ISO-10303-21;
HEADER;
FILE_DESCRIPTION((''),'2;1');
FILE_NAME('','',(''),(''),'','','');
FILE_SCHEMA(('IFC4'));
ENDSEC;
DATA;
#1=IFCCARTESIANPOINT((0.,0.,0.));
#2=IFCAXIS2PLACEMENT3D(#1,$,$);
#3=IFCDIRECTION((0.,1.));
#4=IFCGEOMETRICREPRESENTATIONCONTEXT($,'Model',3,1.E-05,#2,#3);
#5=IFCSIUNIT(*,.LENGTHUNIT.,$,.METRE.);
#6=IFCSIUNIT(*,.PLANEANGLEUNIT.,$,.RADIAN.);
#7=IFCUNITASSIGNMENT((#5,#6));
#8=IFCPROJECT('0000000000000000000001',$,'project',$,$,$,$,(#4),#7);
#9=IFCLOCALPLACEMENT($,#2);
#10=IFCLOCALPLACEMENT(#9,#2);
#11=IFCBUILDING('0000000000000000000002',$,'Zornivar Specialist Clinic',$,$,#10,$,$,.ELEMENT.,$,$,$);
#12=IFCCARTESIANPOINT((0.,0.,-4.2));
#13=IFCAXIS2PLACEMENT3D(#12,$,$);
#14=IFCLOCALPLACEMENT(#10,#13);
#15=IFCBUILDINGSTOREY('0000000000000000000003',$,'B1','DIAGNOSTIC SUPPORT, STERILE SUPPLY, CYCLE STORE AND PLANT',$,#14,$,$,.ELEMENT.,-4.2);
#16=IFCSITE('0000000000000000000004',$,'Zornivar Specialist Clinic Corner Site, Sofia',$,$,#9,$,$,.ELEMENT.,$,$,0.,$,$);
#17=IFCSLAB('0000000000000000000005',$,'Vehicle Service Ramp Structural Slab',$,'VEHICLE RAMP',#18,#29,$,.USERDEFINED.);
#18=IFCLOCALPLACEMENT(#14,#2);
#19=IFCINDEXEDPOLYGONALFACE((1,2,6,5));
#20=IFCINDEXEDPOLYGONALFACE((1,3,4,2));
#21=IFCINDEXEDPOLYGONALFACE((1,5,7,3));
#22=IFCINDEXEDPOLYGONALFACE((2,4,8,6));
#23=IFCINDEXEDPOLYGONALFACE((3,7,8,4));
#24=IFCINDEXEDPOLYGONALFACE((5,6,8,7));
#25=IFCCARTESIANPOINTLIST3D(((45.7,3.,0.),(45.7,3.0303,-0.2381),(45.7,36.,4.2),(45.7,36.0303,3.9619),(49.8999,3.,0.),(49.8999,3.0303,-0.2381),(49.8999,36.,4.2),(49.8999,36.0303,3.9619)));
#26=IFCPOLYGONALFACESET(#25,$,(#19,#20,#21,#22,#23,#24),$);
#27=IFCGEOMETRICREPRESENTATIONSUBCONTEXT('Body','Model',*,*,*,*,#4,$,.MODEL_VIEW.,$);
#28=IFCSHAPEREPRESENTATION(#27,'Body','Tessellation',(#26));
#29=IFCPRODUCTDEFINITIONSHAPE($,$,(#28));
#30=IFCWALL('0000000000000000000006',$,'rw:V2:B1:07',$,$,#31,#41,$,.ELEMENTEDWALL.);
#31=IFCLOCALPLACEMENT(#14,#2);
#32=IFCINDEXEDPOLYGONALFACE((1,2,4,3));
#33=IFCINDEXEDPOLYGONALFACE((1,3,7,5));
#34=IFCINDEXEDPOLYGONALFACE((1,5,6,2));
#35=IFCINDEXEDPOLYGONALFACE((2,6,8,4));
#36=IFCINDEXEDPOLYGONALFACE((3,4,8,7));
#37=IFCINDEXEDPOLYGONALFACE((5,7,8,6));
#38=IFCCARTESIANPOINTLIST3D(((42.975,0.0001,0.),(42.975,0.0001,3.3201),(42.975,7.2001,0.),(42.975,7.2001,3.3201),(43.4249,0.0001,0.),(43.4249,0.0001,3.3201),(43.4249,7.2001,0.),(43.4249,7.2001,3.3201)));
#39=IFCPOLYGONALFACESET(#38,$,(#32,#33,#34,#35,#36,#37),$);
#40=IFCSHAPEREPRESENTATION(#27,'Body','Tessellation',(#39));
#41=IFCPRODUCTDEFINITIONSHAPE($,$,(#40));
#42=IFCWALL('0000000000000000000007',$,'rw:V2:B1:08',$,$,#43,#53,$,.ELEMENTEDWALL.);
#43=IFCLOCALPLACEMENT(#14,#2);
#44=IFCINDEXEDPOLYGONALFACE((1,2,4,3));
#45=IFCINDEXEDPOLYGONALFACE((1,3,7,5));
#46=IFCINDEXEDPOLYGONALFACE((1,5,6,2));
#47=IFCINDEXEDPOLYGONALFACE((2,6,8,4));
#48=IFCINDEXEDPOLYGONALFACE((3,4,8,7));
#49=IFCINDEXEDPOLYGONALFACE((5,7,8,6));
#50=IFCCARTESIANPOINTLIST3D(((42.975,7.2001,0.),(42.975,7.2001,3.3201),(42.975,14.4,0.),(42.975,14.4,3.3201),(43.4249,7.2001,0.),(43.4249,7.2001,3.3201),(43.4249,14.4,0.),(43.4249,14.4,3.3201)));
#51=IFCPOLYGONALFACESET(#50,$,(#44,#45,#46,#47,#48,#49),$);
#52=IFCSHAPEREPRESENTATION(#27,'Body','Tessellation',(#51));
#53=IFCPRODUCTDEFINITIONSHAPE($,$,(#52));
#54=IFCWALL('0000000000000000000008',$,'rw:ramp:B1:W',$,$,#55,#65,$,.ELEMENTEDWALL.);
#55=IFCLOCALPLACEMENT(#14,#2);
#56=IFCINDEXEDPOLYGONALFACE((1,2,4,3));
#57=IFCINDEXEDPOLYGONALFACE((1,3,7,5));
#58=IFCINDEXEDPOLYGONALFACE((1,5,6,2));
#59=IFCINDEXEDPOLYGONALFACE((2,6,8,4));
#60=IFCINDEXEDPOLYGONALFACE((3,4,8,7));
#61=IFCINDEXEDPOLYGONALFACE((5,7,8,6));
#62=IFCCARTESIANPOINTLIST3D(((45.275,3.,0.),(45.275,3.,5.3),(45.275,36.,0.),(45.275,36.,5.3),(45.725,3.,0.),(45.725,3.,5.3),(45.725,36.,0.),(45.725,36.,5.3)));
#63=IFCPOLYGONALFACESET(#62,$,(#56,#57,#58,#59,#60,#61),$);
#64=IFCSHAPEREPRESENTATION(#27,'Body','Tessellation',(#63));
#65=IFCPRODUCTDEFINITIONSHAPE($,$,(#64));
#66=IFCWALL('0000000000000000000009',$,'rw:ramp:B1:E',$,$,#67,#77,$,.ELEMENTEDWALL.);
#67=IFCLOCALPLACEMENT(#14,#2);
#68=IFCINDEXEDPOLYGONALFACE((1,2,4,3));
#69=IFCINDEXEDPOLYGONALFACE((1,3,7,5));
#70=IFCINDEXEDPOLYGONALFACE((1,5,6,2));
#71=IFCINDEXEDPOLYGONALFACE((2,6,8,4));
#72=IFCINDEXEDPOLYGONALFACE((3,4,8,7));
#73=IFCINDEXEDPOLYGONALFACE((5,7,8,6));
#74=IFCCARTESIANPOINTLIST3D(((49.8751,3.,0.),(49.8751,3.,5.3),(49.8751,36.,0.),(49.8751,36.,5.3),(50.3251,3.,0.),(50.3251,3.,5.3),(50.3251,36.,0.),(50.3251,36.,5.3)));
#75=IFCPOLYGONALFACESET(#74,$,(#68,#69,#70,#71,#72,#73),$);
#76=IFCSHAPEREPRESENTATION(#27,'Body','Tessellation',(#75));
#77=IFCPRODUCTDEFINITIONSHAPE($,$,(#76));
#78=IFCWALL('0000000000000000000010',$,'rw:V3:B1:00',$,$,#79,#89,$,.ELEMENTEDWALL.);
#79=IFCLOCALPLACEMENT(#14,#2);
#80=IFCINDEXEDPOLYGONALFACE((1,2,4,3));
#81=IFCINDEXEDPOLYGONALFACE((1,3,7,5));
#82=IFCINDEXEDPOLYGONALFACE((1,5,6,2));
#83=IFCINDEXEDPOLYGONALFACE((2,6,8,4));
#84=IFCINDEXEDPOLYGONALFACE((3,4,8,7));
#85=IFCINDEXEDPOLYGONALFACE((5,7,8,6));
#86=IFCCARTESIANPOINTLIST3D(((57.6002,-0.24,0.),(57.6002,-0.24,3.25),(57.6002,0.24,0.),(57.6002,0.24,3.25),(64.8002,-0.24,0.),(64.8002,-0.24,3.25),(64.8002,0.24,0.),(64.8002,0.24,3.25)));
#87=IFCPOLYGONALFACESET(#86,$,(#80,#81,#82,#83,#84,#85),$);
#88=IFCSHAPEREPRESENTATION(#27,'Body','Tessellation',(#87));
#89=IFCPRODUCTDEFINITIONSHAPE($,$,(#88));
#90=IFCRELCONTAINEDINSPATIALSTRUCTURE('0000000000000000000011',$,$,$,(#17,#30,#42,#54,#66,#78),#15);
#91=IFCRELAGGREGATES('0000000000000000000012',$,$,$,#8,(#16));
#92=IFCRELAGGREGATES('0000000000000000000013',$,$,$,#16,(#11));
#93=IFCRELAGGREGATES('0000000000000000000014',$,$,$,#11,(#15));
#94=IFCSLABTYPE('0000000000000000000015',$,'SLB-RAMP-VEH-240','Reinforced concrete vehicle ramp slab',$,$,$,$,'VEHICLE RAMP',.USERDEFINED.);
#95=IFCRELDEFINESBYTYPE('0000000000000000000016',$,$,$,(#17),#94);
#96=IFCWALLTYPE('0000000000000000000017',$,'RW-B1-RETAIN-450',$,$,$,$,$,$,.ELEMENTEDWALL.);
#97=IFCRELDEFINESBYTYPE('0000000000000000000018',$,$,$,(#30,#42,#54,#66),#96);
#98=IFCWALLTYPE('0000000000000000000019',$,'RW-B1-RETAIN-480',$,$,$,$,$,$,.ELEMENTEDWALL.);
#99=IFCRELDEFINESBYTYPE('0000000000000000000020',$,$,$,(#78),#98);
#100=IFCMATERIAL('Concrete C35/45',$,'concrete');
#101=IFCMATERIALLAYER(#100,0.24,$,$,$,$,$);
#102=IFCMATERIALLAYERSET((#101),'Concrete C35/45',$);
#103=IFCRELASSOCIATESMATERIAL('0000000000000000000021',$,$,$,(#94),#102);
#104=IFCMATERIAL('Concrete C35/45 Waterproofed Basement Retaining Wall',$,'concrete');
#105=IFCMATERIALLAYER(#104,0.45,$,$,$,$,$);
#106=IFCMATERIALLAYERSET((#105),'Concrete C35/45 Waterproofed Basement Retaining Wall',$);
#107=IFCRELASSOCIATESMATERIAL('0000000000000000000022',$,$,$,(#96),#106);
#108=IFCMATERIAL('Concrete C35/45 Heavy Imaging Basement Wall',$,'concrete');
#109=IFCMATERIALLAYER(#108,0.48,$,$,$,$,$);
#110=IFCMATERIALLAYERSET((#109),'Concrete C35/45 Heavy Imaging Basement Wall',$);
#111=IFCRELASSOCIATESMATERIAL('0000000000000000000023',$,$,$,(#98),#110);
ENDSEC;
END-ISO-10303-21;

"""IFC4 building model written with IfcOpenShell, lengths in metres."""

from ifc_helpers import new_model, si_unit, direction, frame, frame_2d, origin, place, context, subcontext, project, spatial, polyline, rectangle, outline, extrude, material, layer, layer_set, type_object, element, save


model = new_model("IFC4")

# Units and contexts
model_context = context("Model", 3, precision=1e-05, world=origin(), true_north=direction((0.0, 1.0)))
body_context = subcontext(model_context, "Body", "Model", "MODEL_VIEW")
ifc_project = project(units=[si_unit("LENGTHUNIT", "METRE"), si_unit("PLANEANGLEUNIT", "RADIAN")], contexts=[model_context])

# Site, building, storey
site_placement = place(None, origin())
site = spatial("IfcSite", under=ifc_project, at=site_placement, Name="Zornivar Specialist Clinic Corner Site, Sofia", CompositionType="ELEMENT", RefElevation=0.0)
building_placement = place(site_placement, origin())
building = spatial("IfcBuilding", under=site, at=building_placement, Name="Zornivar Specialist Clinic", CompositionType="ELEMENT")
storey_placement = place(building_placement, frame((0.0, 0.0, -4.2)))
storey = spatial("IfcBuildingStorey", under=building, at=storey_placement, Name="B1", Description="DIAGNOSTIC SUPPORT, STERILE SUPPLY, CYCLE STORE AND PLANT", CompositionType="ELEMENT", Elevation=-4.2)

# Slab
ifc_material_1 = material(Name="Concrete C35/45", Category="concrete")
ifc_layer_1 = layer(ifc_material_1, 0.24)
ifc_layer_set_1 = layer_set([ifc_layer_1], Name="Concrete C35/45")
slab_type = type_object("IfcSlabType", Name="SLB-RAMP-VEH-240", Description="Reinforced concrete vehicle ramp slab", ElementType="VEHICLE RAMP", PredefinedType="USERDEFINED", material=ifc_layer_set_1)
slab_placement = place(storey_placement, frame((45.7, 3.0, 0.0), z_axis=(0.0, -0.126253, 0.991998), x_axis=(1.0, 0.0, 0.0)))
element("IfcSlab", 1, at=slab_placement, inside=storey, type_object=slab_type, Name="Vehicle Service Ramp Structural Slab", ObjectType="VEHICLE RAMP", PredefinedType="USERDEFINED", context=body_context, shape_type="SweptSolid", body=[
    extrude(outline(polyline([(0.0, 0.0), (4.2, 0.0), (4.2, 33.2662), (0.0, 33.2662), (0.0, 0.0)])), origin(), (0.0, 0.0, -1.0), 0.24),
])

# Walls
ifc_material_2 = material(Name="Concrete C35/45 Waterproofed Basement Retaining Wall", Category="concrete")
ifc_layer_2 = layer(ifc_material_2, 0.45)
ifc_layer_set_2 = layer_set([ifc_layer_2], Name="Concrete C35/45 Waterproofed Basement Retaining Wall")
wall_type_1 = type_object("IfcWallType", Name="RW-B1-RETAIN-450", PredefinedType="ELEMENTEDWALL", material=ifc_layer_set_2)
for number, where, z_axis, x_axis, name in (
    (2, (43.2, 0.0, 0.0), (0.0, 0.0, 1.0), (0.0, 1.0, 0.0), "rw:V2:B1:07"),
    (3, (43.2, 7.2, 0.0), (0.0, 0.0, 1.0), (0.0, 1.0, 0.0), "rw:V2:B1:08"),
):
    element("IfcWall", number, at=place(storey_placement, frame(where, z_axis=z_axis, x_axis=x_axis)), inside=storey, type_object=wall_type_1, Name=name, PredefinedType="ELEMENTEDWALL", context=body_context, shape_type="SweptSolid", body=[
        extrude(rectangle(XDim=7.2, YDim=0.45, at=frame_2d((3.6001, 0.0))), origin(), (0.0, 0.0, 1.0), 3.3201),
    ])
for number, where, z_axis, x_axis, name in (
    (4, (45.5, 3.0, 0.0), (0.0, 0.0, 1.0), (0.0, 1.0, 0.0), "rw:ramp:B1:W"),
    (5, (50.1001, 3.0, 0.0), (0.0, 0.0, 1.0), (0.0, 1.0, 0.0), "rw:ramp:B1:E"),
):
    element("IfcWall", number, at=place(storey_placement, frame(where, z_axis=z_axis, x_axis=x_axis)), inside=storey, type_object=wall_type_1, Name=name, PredefinedType="ELEMENTEDWALL", context=body_context, shape_type="SweptSolid", body=[
        extrude(rectangle(XDim=33.0, YDim=0.45, at=frame_2d((16.5, 0.0))), origin(), (0.0, 0.0, 1.0), 5.3),
    ])
ifc_material_3 = material(Name="Concrete C35/45 Heavy Imaging Basement Wall", Category="concrete")
ifc_layer_3 = layer(ifc_material_3, 0.48)
ifc_layer_set_3 = layer_set([ifc_layer_3], Name="Concrete C35/45 Heavy Imaging Basement Wall")
wall_type_2 = type_object("IfcWallType", Name="RW-B1-RETAIN-480", PredefinedType="ELEMENTEDWALL", material=ifc_layer_set_3)
wall_placement = place(storey_placement, frame((57.6001, 0.0, 0.0), z_axis=(0.0, 0.0, 1.0), x_axis=(1.0, 0.0, 0.0)))
element("IfcWall", 6, at=wall_placement, inside=storey, type_object=wall_type_2, Name="rw:V3:B1:00", PredefinedType="ELEMENTEDWALL", context=body_context, shape_type="SweptSolid", body=[
    extrude(rectangle(XDim=7.2, YDim=0.48, at=frame_2d((3.6001, 0.0))), origin(), (0.0, 0.0, 1.0), 3.25),
])

save(model, "model.ifc")
